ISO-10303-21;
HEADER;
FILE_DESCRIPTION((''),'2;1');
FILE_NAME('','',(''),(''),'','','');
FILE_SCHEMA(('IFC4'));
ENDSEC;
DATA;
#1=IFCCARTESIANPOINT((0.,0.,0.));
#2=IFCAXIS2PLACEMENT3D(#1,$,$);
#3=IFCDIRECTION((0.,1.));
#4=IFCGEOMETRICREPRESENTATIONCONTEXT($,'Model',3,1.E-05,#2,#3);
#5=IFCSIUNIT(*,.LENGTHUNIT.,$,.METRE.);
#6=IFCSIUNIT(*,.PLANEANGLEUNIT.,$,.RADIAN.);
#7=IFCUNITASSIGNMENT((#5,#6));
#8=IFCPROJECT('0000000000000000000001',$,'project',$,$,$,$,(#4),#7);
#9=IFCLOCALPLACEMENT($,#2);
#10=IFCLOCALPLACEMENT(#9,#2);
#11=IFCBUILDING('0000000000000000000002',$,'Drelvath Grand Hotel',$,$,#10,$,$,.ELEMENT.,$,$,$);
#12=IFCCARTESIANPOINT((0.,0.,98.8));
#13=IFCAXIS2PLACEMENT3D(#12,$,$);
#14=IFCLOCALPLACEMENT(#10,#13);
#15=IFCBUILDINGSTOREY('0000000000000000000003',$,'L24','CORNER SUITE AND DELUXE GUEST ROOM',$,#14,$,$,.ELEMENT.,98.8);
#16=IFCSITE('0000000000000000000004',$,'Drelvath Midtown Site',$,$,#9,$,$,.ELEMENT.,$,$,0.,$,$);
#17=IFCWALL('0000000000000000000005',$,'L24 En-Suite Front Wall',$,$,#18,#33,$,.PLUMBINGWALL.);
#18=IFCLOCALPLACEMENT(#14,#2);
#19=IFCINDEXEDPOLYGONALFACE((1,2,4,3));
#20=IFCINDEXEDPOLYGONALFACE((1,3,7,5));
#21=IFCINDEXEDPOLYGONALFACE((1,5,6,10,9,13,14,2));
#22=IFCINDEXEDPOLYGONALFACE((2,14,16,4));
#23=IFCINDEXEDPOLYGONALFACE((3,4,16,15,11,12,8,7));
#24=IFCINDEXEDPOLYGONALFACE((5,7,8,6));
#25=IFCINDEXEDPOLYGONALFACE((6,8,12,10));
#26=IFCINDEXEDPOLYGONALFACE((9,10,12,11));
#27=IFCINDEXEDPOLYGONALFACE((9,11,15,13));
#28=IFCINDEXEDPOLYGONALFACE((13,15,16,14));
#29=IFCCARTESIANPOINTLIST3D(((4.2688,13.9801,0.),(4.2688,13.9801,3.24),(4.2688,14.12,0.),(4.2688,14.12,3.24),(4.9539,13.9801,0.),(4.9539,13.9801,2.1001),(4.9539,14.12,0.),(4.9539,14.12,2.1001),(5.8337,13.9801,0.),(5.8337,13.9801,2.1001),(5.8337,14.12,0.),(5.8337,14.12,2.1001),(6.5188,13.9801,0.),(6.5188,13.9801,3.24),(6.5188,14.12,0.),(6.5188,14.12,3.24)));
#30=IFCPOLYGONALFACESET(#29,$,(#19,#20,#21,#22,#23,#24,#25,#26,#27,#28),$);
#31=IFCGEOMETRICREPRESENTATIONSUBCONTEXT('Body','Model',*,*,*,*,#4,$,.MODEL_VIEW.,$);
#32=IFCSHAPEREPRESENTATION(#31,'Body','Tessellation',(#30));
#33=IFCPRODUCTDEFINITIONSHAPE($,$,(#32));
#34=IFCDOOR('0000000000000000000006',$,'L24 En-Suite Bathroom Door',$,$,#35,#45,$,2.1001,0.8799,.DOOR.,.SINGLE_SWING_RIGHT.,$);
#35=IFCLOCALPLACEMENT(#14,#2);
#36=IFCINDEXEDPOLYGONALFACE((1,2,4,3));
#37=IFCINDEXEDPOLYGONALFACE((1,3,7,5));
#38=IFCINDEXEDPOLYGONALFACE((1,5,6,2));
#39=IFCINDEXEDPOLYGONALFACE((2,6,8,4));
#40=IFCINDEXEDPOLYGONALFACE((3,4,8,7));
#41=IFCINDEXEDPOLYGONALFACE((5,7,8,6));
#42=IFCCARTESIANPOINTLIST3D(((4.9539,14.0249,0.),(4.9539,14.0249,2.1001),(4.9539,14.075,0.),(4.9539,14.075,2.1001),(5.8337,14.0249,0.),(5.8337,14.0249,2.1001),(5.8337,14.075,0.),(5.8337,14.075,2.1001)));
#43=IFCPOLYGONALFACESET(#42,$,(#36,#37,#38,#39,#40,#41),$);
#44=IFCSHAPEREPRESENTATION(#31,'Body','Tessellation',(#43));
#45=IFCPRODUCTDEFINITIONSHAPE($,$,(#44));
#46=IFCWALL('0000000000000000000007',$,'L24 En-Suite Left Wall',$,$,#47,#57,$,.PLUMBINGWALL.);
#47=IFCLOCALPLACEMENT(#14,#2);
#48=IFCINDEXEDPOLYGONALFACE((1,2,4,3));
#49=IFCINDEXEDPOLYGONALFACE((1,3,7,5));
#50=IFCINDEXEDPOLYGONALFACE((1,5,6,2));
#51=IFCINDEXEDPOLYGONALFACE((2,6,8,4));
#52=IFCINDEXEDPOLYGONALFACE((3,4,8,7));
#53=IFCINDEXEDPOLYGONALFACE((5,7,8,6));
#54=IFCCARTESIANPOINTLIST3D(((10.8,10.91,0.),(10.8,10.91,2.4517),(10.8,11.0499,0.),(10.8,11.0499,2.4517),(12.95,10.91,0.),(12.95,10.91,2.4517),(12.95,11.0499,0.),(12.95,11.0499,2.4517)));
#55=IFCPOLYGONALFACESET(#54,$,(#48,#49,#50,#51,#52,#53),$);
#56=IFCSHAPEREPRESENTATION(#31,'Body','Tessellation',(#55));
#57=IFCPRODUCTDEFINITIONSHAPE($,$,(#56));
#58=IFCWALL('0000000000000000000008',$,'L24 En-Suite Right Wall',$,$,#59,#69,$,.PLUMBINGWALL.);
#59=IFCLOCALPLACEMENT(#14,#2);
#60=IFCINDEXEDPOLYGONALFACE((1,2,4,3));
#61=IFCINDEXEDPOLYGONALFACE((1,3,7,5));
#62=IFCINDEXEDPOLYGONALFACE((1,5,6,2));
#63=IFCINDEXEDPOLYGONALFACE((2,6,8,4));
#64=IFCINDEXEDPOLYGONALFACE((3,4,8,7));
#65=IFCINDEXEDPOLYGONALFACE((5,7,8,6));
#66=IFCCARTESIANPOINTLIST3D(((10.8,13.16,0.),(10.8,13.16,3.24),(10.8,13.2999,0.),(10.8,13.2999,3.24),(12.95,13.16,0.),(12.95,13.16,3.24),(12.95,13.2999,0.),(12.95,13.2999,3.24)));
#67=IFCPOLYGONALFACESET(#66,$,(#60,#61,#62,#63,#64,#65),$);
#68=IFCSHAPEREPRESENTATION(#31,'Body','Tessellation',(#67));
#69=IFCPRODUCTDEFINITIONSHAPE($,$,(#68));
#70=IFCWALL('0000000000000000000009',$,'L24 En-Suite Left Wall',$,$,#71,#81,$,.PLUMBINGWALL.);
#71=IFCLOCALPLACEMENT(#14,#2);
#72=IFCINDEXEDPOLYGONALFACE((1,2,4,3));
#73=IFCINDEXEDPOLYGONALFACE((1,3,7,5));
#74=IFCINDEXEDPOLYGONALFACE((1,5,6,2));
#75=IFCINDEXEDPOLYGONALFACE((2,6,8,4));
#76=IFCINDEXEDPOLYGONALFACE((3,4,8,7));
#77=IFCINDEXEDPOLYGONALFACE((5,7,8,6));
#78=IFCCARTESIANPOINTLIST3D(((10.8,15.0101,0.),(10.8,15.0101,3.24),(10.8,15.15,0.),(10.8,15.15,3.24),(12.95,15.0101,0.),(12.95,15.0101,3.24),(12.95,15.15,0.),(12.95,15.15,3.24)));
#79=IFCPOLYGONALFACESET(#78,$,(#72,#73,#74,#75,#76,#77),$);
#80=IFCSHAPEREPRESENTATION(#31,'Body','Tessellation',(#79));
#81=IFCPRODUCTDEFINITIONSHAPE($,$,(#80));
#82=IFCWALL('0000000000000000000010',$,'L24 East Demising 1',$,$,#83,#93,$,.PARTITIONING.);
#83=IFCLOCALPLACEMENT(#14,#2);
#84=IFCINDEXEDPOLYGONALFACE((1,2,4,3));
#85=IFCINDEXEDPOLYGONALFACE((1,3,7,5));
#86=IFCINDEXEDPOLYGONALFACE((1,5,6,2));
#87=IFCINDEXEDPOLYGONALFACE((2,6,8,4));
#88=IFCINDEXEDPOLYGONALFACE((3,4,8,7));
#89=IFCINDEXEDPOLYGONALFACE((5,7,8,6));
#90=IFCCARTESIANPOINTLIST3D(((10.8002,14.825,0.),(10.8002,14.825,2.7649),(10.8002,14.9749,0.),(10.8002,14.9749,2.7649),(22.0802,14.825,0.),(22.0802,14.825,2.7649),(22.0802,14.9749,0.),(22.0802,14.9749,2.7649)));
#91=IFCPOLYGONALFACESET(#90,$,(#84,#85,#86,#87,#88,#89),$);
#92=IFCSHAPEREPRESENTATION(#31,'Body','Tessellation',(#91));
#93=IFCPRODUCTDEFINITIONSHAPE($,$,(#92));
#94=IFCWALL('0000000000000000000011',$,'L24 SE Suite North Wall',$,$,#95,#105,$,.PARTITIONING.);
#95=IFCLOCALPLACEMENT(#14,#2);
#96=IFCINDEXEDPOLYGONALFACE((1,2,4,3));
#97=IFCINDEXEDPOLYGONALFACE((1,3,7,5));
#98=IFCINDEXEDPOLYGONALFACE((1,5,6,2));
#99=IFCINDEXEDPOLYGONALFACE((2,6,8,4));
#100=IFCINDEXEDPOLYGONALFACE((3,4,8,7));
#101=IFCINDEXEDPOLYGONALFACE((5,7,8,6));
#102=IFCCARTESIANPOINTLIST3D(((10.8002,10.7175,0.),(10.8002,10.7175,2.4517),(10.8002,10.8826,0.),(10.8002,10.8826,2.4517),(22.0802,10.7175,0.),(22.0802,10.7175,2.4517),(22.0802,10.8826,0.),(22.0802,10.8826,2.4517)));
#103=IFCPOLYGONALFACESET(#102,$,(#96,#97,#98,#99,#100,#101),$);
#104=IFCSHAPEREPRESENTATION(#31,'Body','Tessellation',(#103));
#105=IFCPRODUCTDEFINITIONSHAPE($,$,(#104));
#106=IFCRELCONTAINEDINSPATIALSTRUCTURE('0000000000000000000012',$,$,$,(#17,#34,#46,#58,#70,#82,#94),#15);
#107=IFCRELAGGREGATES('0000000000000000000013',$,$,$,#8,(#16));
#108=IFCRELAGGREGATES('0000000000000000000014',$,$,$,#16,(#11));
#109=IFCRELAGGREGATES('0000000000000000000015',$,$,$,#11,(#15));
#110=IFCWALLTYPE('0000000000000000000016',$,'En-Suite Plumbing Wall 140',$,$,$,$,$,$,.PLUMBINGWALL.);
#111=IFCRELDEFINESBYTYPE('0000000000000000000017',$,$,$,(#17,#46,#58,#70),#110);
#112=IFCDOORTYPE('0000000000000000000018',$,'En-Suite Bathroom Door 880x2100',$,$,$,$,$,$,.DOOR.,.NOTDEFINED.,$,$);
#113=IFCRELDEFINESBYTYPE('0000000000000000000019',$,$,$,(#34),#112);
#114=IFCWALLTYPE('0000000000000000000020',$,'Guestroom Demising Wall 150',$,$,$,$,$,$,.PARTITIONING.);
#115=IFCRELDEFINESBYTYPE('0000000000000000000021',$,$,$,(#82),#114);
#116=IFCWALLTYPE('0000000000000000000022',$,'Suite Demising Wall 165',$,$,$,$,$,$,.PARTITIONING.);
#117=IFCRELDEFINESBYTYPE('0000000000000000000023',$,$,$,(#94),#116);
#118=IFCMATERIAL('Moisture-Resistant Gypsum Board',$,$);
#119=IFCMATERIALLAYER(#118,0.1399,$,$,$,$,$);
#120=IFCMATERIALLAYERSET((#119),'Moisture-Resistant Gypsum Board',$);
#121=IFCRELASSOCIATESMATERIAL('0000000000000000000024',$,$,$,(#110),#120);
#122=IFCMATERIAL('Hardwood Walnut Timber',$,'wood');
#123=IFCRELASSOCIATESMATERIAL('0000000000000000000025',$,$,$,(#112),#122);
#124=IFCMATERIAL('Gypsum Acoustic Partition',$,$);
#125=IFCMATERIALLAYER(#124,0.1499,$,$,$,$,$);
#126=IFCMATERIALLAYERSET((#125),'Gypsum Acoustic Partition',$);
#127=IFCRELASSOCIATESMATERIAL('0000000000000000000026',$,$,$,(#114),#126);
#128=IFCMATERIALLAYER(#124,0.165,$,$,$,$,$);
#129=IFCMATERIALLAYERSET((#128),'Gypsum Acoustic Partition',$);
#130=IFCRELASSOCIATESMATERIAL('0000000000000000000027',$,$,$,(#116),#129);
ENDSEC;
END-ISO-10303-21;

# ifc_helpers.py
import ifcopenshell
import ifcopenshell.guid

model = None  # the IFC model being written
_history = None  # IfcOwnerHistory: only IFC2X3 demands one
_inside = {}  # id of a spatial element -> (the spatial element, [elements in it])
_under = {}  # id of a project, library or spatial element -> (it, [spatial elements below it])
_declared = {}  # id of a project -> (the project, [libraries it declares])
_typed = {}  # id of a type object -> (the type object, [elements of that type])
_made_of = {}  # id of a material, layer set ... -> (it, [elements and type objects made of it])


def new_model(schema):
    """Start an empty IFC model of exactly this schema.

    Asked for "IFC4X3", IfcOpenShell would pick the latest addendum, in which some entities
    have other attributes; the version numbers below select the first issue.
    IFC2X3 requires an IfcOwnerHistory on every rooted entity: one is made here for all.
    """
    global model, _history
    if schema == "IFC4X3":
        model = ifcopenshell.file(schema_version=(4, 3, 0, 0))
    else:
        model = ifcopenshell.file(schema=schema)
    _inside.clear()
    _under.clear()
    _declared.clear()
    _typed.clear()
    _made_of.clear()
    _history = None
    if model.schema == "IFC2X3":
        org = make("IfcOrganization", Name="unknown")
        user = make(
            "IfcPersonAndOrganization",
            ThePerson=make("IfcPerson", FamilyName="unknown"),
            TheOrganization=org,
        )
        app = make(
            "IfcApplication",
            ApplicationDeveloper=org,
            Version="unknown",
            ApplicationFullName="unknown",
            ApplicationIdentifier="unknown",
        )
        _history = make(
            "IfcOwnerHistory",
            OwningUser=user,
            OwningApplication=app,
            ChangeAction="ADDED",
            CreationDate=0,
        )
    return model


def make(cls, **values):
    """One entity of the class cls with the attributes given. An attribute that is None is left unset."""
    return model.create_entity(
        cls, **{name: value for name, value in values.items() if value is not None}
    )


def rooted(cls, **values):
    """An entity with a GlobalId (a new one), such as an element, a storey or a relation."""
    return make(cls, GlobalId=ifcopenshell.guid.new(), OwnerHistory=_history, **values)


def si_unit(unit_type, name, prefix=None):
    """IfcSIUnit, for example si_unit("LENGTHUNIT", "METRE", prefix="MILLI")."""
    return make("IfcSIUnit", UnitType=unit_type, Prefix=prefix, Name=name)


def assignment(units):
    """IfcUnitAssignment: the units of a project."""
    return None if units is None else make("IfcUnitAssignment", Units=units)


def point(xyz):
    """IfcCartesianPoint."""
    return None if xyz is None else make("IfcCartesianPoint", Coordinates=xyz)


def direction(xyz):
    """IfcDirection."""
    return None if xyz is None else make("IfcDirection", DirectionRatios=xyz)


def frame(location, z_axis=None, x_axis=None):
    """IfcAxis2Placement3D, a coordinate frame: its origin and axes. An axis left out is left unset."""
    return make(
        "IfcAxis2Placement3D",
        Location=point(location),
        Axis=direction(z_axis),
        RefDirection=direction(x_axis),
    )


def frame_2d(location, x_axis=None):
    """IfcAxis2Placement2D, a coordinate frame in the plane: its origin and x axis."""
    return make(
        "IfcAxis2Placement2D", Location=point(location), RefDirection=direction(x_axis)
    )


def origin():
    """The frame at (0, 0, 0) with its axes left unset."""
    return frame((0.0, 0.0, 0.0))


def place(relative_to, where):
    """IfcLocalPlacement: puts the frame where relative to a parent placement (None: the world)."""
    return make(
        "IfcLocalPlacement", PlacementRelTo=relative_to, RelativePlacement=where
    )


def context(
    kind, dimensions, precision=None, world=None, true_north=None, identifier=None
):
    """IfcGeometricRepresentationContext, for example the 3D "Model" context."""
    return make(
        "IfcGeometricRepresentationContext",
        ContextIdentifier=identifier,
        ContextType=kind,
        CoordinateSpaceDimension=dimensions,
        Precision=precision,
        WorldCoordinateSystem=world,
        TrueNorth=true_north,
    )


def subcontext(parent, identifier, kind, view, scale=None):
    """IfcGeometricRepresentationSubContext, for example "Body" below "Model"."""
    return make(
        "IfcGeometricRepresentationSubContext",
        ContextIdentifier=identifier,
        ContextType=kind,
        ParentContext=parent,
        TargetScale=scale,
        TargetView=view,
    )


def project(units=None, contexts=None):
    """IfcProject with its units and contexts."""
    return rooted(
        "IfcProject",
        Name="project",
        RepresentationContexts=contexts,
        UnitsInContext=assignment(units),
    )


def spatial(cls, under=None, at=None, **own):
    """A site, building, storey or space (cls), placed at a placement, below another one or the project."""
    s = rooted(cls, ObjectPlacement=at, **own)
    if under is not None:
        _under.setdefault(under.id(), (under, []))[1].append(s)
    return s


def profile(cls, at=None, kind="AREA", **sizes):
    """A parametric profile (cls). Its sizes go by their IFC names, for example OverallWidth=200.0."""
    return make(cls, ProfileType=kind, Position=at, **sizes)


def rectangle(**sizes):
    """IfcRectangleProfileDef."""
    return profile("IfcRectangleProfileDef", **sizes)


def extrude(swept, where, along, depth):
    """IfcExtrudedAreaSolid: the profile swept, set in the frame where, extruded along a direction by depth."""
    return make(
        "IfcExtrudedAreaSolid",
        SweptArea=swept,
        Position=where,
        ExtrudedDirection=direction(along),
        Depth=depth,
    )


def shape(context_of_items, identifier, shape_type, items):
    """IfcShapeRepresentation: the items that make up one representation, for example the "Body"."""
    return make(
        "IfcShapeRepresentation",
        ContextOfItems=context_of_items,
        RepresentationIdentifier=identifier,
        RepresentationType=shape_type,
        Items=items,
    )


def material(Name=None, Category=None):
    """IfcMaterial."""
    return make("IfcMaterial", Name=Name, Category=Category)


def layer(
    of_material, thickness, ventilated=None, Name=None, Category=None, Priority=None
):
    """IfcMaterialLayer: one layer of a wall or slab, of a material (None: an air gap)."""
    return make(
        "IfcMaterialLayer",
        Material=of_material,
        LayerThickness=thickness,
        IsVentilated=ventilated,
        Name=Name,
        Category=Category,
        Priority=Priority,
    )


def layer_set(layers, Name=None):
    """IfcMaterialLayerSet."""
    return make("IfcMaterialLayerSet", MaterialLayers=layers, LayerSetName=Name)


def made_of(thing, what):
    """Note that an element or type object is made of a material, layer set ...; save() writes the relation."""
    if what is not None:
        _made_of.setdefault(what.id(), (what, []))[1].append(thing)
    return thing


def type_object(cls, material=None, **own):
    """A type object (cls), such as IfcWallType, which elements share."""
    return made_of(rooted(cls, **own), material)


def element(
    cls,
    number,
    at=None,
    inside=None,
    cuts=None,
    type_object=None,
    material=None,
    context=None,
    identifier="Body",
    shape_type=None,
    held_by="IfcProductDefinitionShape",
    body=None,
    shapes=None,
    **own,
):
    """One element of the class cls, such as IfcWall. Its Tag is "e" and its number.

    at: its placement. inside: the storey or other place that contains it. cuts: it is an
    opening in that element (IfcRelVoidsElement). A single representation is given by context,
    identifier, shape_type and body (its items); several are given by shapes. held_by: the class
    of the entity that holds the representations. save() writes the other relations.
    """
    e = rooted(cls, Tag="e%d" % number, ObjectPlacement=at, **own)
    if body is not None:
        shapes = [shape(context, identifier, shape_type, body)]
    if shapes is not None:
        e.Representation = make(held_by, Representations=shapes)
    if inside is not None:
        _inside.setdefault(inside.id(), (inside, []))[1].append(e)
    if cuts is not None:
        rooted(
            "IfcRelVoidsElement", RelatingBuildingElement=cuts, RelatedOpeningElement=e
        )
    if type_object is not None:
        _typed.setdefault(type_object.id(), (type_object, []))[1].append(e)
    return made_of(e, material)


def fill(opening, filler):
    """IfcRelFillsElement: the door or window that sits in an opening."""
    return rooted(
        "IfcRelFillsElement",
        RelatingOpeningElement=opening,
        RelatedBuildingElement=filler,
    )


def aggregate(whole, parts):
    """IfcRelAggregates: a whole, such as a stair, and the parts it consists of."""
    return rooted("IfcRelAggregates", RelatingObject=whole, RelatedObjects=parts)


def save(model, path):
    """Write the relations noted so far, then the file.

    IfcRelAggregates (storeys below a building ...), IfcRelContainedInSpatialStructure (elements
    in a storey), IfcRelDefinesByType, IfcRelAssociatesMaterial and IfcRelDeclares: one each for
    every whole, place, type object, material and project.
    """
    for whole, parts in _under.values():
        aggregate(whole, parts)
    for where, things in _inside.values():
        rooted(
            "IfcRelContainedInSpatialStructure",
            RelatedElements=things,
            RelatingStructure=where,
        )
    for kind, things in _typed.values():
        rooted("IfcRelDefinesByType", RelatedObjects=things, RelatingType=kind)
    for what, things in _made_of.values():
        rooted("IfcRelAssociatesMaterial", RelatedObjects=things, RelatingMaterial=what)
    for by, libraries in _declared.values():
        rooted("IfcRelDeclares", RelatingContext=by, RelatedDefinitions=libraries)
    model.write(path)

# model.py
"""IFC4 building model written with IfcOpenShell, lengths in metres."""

from ifc_helpers import new_model, si_unit, direction, frame, frame_2d, origin, place, context, subcontext, project, spatial, rectangle, extrude, material, layer, layer_set, type_object, element, fill, save


model = new_model("IFC4")

# Units and contexts
model_context = context("Model", 3, precision=1e-05, world=origin(), true_north=direction((0.0, 1.0)))
body_context = subcontext(model_context, "Body", "Model", "MODEL_VIEW")
ifc_project = project(units=[si_unit("LENGTHUNIT", "METRE"), si_unit("PLANEANGLEUNIT", "RADIAN")], contexts=[model_context])

# Site, building, storey
site_placement = place(None, origin())
site = spatial("IfcSite", under=ifc_project, at=site_placement, Name="Drelvath Midtown Site", CompositionType="ELEMENT", RefElevation=0.0)
building_placement = place(site_placement, origin())
building = spatial("IfcBuilding", under=site, at=building_placement, Name="Drelvath Grand Hotel", CompositionType="ELEMENT")
storey_placement = place(building_placement, frame((0.0, 0.0, 98.8)))
storey = spatial("IfcBuildingStorey", under=building, at=storey_placement, Name="L24", Description="CORNER SUITE AND DELUXE GUEST ROOM", CompositionType="ELEMENT", Elevation=98.8)

# Shared definitions
ifc_material_1 = material(Name="Hardwood Walnut Timber", Category="wood")

# Shared definitions
ifc_material_2 = material(Name="Moisture-Resistant Gypsum Board")
ifc_layer_1 = layer(ifc_material_2, 0.1399)
ifc_layer_set_1 = layer_set([ifc_layer_1], Name="Moisture-Resistant Gypsum Board")
wall_type_1 = type_object("IfcWallType", Name="En-Suite Plumbing Wall 140", PredefinedType="PLUMBINGWALL", material=ifc_layer_set_1)

# Wall, opening, door
wall_1_placement = place(storey_placement, frame((4.2688, 14.05, 0.0), z_axis=(0.0, 0.0, 1.0), x_axis=(1.0, 0.0, 0.0)))
wall_1 = element("IfcWall", 1, at=wall_1_placement, inside=storey, type_object=wall_type_1, Name="L24 En-Suite Front Wall", PredefinedType="PLUMBINGWALL", context=body_context, shape_type="SweptSolid", body=[
    extrude(rectangle(XDim=2.25, YDim=0.1399, at=frame_2d((1.125, 0.0))), origin(), (0.0, 0.0, 1.0), 3.24),
])
opening_1_placement = place(wall_1_placement, frame((0.6851, 0.0, 0.0)))
opening_1 = element("IfcOpeningElement", 2, at=opening_1_placement, cuts=wall_1, PredefinedType="OPENING", context=body_context, shape_type="SweptSolid", body=[
    extrude(rectangle(XDim=0.8799, YDim=2.1001, at=frame_2d((0.4399, 1.05))), frame((0.0, 0.0798, 0.0), z_axis=(0.0, -1.0, 0.0), x_axis=(1.0, 0.0, 0.0)), (0.0, 0.0, 1.0), 0.1599),
])
door_type_1 = type_object("IfcDoorType", Name="En-Suite Bathroom Door 880x2100", OperationType="NOTDEFINED", PredefinedType="DOOR", material=ifc_material_1)
door_1_placement = place(opening_1_placement, origin())
door_1 = element("IfcDoor", 3, at=door_1_placement, inside=storey, type_object=door_type_1, Name="L24 En-Suite Bathroom Door", OperationType="SINGLE_SWING_RIGHT", OverallHeight=2.1001, OverallWidth=0.8799, PredefinedType="DOOR", context=body_context, shape_type="SweptSolid", body=[
    extrude(rectangle(XDim=0.8799, YDim=2.1001, at=frame_2d((0.4399, 1.05))), frame((0.0, 0.0249, 0.0), z_axis=(0.0, -1.0, 0.0), x_axis=(1.0, 0.0, 0.0)), (0.0, 0.0, 1.0), 0.05),
])
fill(opening_1, door_1)

# Walls
wall_2_placement = place(storey_placement, frame((10.8, 10.98, 0.0), z_axis=(0.0, 0.0, 1.0), x_axis=(1.0, 0.0, 0.0)))
element("IfcWall", 4, at=wall_2_placement, inside=storey, type_object=wall_type_1, Name="L24 En-Suite Left Wall", PredefinedType="PLUMBINGWALL", context=body_context, shape_type="SweptSolid", body=[
    extrude(rectangle(XDim=2.1499, YDim=0.1399, at=frame_2d((1.075, 0.0))), origin(), (0.0, 0.0, 1.0), 2.4517),
])
for number, where, z_axis, x_axis, name in (
    (5, (10.8, 13.23, 0.0), (0.0, 0.0, 1.0), (1.0, 0.0, 0.0), "L24 En-Suite Right Wall"),
    (6, (10.8, 15.0801, 0.0), (0.0, 0.0, 1.0), (1.0, 0.0, 0.0), "L24 En-Suite Left Wall"),
):
    element("IfcWall", number, at=place(storey_placement, frame(where, z_axis=z_axis, x_axis=x_axis)), inside=storey, type_object=wall_type_1, Name=name, PredefinedType="PLUMBINGWALL", context=body_context, shape_type="SweptSolid", body=[
        extrude(rectangle(XDim=2.1499, YDim=0.1399, at=frame_2d((1.075, 0.0))), origin(), (0.0, 0.0, 1.0), 3.24),
    ])
ifc_material_3 = material(Name="Gypsum Acoustic Partition")
ifc_layer_2 = layer(ifc_material_3, 0.1499)
ifc_layer_set_2 = layer_set([ifc_layer_2], Name="Gypsum Acoustic Partition")
wall_type_2 = type_object("IfcWallType", Name="Guestroom Demising Wall 150", PredefinedType="PARTITIONING", material=ifc_layer_set_2)
wall_3_placement = place(storey_placement, frame((10.8, 14.8999, 0.0), z_axis=(0.0, 0.0, 1.0), x_axis=(1.0, 0.0, 0.0)))
element("IfcWall", 7, at=wall_3_placement, inside=storey, type_object=wall_type_2, Name="L24 East Demising 1", PredefinedType="PARTITIONING", context=body_context, shape_type="SweptSolid", body=[
    extrude(rectangle(XDim=11.28, YDim=0.1499, at=frame_2d((5.6401, 0.0))), origin(), (0.0, 0.0, 1.0), 2.7649),
])
ifc_layer_3 = layer(ifc_material_3, 0.165)
ifc_layer_set_3 = layer_set([ifc_layer_3], Name="Gypsum Acoustic Partition")
wall_type_3 = type_object("IfcWallType", Name="Suite Demising Wall 165", PredefinedType="PARTITIONING", material=ifc_layer_set_3)
wall_4_placement = place(storey_placement, frame((10.8, 10.8, 0.0), z_axis=(0.0, 0.0, 1.0), x_axis=(1.0, 0.0, 0.0)))
element("IfcWall", 8, at=wall_4_placement, inside=storey, type_object=wall_type_3, Name="L24 SE Suite North Wall", PredefinedType="PARTITIONING", context=body_context, shape_type="SweptSolid", body=[
    extrude(rectangle(XDim=11.28, YDim=0.165, at=frame_2d((5.6401, 0.0))), origin(), (0.0, 0.0, 1.0), 2.4517),
])

save(model, "model.ifc")
